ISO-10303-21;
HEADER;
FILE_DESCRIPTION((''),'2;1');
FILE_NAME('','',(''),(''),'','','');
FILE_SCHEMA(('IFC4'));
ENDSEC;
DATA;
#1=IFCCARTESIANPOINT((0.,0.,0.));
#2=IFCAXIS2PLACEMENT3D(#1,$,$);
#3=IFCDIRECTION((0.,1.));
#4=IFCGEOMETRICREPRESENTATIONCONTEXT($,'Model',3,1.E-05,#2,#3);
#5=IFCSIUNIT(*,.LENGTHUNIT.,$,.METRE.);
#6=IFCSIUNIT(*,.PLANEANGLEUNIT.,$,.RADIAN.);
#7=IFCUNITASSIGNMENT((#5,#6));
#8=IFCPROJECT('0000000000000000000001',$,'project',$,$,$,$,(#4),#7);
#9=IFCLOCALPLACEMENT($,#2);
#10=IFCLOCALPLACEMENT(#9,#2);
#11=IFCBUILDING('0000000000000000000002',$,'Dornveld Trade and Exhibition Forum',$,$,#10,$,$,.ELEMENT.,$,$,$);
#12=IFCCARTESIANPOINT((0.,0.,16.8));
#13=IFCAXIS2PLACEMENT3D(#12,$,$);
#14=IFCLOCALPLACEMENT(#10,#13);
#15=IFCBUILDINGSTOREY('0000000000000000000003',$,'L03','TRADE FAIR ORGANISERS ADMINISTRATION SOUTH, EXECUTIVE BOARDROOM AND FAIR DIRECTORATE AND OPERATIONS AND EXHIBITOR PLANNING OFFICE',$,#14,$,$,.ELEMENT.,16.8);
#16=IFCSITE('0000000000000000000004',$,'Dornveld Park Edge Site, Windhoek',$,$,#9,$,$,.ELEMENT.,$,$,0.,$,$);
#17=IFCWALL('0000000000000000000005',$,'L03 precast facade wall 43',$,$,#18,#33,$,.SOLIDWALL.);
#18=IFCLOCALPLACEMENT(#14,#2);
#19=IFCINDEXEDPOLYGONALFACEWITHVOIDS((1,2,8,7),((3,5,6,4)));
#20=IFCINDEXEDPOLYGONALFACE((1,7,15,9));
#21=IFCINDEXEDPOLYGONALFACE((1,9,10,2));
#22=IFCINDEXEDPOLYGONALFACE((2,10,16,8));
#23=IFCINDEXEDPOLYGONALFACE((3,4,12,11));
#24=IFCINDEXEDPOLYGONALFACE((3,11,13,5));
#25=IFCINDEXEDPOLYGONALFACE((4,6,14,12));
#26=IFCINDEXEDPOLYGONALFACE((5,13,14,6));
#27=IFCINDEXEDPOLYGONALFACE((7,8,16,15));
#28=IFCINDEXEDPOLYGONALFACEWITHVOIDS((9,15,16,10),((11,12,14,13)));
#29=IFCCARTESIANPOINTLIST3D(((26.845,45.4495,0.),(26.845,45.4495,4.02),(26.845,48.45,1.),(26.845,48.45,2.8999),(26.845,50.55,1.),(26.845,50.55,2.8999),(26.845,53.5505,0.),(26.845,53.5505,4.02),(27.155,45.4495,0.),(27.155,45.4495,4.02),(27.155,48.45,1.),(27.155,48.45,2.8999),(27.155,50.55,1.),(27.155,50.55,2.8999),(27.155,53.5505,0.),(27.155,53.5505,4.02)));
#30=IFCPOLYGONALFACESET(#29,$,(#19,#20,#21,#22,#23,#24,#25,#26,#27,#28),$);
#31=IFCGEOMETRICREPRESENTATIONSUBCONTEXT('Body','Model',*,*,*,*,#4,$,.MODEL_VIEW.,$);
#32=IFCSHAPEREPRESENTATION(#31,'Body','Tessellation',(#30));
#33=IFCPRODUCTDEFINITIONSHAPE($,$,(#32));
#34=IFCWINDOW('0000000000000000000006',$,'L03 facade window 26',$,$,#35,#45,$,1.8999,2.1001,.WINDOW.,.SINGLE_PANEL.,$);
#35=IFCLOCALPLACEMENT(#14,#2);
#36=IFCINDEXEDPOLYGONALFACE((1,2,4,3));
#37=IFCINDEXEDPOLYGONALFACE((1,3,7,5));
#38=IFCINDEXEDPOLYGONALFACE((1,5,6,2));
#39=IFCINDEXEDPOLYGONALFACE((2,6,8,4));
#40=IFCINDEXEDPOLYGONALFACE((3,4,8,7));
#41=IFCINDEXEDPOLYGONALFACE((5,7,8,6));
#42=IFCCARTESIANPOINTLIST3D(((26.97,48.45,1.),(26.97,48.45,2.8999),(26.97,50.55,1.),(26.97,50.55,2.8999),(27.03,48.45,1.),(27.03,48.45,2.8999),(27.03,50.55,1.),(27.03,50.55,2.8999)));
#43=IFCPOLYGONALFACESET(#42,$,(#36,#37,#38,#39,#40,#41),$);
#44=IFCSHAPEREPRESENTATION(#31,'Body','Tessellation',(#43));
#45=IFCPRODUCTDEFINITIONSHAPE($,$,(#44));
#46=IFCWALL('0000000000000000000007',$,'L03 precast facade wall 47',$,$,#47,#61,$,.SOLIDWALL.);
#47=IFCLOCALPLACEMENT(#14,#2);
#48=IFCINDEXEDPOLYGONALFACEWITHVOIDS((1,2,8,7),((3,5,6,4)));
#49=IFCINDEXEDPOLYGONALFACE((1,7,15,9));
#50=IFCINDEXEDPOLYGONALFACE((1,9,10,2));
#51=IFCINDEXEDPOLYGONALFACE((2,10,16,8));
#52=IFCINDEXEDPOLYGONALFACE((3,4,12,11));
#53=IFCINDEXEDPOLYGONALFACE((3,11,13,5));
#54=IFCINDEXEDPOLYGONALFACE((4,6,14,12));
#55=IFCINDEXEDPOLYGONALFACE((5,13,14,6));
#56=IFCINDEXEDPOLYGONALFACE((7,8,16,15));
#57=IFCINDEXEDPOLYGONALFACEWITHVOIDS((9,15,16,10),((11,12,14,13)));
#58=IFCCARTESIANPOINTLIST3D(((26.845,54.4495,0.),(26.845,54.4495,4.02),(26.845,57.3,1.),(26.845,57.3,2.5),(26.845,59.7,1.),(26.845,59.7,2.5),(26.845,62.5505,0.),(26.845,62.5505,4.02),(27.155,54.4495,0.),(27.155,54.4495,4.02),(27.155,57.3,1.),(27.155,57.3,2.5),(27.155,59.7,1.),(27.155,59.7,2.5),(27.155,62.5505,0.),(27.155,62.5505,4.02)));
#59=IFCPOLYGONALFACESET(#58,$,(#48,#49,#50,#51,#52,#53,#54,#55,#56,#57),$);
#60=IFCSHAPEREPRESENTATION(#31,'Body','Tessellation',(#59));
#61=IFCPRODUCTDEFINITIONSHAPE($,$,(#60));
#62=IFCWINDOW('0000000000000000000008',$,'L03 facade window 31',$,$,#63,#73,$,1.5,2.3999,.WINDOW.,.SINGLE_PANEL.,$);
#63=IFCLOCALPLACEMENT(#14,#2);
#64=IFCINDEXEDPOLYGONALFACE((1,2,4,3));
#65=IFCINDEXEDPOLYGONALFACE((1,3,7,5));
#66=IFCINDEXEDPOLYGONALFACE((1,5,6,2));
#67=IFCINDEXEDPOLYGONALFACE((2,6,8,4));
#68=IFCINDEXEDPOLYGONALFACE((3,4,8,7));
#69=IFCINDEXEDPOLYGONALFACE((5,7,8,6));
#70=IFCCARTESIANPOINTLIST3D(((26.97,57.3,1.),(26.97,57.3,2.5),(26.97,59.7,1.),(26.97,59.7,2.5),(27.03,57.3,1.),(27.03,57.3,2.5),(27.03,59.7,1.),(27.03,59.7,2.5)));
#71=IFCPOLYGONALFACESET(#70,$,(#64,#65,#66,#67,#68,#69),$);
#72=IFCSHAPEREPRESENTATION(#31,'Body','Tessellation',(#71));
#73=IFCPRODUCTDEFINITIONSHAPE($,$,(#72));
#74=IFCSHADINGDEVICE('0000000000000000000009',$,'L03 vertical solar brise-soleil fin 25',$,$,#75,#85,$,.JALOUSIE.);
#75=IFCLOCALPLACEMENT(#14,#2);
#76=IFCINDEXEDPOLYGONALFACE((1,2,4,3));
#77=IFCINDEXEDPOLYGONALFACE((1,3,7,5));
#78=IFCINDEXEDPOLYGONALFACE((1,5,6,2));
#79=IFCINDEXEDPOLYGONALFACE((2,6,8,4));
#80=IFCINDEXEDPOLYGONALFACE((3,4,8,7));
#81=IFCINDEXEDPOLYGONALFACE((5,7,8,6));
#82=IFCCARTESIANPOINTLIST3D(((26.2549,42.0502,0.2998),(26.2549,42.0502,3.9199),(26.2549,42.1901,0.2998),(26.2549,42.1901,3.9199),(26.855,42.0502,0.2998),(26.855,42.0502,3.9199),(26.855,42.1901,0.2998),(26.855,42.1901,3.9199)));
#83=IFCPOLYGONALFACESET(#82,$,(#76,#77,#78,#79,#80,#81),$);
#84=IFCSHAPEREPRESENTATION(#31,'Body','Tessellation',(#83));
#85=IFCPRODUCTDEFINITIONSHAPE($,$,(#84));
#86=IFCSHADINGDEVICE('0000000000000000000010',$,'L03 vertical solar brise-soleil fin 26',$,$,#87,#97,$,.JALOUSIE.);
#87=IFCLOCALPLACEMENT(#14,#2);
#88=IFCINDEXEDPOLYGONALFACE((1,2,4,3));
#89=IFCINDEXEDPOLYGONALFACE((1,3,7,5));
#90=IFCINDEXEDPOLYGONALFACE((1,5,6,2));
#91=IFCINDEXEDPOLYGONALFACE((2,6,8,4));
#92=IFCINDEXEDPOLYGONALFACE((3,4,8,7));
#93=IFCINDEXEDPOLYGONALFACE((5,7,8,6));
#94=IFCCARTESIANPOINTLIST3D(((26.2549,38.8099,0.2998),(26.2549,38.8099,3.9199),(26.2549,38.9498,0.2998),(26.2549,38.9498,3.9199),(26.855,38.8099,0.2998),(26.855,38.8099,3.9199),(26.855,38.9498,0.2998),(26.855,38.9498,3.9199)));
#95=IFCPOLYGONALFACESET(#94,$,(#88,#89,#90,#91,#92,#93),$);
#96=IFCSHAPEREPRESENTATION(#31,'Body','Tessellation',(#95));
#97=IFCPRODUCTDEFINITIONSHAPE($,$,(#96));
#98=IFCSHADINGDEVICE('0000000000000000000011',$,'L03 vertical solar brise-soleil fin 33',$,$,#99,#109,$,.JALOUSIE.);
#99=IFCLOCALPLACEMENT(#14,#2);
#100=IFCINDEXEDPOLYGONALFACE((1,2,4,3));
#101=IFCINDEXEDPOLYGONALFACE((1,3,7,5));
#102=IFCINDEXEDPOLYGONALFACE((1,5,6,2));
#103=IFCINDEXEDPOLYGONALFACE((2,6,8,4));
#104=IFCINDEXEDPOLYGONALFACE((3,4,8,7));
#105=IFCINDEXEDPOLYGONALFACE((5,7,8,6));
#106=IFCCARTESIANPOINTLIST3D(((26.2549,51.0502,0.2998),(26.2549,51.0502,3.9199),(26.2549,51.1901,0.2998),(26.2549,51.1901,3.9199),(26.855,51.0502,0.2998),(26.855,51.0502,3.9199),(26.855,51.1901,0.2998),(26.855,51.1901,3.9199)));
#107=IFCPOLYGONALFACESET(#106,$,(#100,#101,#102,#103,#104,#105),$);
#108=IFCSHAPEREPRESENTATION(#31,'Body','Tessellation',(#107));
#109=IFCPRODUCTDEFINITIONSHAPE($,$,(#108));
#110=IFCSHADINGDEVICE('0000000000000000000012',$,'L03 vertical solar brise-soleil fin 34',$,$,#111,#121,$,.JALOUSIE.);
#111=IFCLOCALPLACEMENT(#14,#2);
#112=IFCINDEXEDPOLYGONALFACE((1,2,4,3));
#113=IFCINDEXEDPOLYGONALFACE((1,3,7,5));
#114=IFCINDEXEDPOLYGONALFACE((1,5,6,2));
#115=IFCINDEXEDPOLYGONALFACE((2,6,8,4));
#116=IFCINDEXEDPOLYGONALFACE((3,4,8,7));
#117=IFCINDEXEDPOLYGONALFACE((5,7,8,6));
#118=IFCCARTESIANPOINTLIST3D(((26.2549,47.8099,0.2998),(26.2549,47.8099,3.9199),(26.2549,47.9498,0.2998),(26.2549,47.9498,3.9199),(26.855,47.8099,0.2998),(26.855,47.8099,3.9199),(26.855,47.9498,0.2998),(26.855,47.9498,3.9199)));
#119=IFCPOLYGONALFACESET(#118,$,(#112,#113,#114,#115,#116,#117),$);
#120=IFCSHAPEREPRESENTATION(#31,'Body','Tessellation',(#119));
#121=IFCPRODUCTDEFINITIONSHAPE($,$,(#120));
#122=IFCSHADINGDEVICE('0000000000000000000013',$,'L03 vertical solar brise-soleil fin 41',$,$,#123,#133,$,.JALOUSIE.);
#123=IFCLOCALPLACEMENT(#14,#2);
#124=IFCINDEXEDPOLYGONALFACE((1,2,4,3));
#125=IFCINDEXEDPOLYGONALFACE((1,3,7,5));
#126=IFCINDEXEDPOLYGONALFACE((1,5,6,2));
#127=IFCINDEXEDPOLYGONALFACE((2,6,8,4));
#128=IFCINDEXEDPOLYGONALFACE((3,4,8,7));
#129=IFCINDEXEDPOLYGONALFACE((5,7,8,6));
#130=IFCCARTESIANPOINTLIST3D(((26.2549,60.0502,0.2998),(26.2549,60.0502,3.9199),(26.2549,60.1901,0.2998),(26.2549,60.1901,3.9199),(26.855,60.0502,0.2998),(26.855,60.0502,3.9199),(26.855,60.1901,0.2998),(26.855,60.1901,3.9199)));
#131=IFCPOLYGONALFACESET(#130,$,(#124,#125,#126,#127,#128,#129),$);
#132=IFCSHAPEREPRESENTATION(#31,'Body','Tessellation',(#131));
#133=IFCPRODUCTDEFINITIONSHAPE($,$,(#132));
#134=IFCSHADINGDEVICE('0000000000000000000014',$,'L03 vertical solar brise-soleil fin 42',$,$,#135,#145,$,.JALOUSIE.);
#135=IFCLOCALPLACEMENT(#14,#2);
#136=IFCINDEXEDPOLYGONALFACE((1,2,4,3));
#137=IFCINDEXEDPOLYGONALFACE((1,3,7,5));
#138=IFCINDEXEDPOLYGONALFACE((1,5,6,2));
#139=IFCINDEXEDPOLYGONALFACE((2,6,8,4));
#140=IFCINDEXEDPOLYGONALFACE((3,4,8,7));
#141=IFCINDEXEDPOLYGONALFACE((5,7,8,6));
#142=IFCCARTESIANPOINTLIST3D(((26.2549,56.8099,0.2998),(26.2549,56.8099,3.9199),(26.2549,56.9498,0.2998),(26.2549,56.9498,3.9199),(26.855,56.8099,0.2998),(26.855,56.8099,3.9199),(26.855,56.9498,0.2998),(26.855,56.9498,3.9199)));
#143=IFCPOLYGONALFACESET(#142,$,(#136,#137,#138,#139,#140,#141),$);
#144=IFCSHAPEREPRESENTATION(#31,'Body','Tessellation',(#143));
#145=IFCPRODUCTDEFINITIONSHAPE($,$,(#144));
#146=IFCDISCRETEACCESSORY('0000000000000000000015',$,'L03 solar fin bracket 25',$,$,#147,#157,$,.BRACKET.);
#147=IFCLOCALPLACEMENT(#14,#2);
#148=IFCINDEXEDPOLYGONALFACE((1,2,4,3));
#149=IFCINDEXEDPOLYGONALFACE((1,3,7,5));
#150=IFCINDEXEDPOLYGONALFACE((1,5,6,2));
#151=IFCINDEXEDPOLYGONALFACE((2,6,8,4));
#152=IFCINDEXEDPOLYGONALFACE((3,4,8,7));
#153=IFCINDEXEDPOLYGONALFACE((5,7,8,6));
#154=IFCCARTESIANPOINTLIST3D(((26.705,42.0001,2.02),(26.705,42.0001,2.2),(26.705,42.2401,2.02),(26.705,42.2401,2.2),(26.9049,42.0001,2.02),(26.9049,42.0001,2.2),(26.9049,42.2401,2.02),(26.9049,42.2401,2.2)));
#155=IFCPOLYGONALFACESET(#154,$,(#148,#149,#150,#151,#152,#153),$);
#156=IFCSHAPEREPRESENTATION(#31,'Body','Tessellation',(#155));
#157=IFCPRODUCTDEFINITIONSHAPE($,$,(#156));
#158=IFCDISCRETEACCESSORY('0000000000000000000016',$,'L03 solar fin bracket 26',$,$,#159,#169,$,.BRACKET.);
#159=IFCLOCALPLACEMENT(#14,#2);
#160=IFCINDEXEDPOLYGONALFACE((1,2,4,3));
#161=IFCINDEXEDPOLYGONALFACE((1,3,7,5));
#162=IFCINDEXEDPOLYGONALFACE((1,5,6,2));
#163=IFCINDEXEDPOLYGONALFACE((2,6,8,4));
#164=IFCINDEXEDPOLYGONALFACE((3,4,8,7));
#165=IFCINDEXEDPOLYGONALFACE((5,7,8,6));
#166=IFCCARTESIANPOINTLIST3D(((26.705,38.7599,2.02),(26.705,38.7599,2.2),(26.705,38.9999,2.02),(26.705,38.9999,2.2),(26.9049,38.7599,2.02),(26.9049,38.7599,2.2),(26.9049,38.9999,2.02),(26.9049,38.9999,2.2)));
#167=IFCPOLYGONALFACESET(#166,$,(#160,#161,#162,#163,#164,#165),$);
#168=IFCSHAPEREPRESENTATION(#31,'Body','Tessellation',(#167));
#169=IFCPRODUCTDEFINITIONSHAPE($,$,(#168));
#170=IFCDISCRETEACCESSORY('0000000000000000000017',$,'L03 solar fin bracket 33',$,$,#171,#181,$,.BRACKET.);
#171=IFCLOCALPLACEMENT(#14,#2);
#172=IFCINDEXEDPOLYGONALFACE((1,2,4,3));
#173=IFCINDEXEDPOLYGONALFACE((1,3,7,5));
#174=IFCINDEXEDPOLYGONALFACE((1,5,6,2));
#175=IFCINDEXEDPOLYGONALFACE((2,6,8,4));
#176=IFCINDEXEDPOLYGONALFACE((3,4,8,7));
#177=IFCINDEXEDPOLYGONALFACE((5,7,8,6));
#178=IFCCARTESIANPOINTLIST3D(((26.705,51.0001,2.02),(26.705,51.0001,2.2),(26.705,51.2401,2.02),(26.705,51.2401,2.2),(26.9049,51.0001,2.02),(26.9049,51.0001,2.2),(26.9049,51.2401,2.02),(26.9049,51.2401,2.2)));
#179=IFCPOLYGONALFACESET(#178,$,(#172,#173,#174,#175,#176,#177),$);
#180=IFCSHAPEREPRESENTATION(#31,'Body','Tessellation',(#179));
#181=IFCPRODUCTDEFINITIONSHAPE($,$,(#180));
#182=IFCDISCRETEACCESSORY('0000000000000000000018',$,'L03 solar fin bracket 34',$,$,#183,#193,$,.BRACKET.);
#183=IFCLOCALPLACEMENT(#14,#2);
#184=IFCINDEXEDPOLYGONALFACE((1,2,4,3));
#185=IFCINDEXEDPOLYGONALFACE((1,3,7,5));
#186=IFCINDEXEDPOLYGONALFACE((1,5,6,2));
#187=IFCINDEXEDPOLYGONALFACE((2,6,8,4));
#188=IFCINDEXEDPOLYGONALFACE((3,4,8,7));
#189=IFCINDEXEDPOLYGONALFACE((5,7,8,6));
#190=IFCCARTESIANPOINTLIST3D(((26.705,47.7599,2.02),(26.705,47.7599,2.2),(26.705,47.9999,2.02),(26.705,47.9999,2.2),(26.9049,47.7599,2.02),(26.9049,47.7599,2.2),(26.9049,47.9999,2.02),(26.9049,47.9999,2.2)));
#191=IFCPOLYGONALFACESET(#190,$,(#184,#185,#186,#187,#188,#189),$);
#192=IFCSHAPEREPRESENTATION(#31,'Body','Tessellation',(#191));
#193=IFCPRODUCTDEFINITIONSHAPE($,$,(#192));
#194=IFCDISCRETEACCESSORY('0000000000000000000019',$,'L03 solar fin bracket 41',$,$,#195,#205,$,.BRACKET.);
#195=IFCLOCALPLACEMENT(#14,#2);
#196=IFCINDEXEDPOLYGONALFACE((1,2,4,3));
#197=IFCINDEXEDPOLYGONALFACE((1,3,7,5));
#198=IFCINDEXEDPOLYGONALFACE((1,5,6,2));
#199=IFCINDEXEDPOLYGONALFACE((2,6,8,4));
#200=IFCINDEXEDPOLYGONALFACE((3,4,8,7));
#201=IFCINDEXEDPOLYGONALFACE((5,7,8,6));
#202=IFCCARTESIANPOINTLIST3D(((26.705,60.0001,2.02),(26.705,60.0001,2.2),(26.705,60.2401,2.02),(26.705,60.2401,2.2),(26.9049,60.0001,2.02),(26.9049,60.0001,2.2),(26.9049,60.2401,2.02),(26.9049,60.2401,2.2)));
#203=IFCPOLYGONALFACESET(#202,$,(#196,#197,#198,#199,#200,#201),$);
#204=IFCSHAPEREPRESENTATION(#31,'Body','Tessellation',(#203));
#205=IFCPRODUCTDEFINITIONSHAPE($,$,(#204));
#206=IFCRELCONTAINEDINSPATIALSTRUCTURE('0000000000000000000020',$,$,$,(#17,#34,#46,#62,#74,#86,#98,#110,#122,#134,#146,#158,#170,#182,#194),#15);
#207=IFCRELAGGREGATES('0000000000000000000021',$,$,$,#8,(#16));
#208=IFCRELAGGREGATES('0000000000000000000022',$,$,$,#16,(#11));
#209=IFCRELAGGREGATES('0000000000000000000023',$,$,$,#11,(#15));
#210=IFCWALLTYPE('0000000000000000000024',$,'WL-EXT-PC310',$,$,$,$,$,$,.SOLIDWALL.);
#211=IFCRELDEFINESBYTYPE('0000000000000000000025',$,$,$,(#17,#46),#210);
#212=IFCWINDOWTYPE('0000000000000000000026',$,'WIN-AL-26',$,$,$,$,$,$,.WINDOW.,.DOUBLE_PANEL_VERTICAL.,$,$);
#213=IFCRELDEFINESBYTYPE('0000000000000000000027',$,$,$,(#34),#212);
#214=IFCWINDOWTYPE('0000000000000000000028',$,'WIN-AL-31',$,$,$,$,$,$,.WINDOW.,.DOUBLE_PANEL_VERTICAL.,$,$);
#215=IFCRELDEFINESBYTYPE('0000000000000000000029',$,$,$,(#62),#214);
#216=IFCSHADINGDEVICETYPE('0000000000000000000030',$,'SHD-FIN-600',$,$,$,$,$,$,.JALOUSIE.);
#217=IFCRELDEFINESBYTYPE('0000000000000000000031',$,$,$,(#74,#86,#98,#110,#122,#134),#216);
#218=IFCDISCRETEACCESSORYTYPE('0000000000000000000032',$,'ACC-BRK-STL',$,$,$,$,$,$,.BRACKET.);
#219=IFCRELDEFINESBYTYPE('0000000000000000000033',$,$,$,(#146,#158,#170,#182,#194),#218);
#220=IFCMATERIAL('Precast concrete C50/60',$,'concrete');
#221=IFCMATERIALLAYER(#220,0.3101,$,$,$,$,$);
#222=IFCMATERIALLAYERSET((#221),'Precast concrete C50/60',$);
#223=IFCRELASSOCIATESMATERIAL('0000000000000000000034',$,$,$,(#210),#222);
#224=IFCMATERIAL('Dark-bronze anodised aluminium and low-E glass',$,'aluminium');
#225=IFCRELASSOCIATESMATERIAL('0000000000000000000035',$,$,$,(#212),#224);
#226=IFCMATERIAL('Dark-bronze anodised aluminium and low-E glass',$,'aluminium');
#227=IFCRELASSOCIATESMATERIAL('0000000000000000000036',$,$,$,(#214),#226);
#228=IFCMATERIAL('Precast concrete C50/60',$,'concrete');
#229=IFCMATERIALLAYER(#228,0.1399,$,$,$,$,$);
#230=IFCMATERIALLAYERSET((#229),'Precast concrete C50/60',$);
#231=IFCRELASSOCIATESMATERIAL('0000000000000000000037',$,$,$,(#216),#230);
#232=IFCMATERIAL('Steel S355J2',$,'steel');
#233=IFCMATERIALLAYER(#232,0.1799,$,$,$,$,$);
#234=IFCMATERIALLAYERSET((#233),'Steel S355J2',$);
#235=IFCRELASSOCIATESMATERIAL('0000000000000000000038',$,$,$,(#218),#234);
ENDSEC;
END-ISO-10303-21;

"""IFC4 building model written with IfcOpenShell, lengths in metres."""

from ifc_helpers import new_model, si_unit, direction, frame, frame_2d, origin, origin_2d, place, context, subcontext, project, spatial, rectangle, extrude, material, layer, layer_set, type_object, element, fill, save


model = new_model("IFC4")

# Units and contexts
model_context = context("Model", 3, precision=1e-05, world=origin(), true_north=direction((0.0, 1.0)))
body_context = subcontext(model_context, "Body", "Model", "MODEL_VIEW")
ifc_project = project(units=[si_unit("LENGTHUNIT", "METRE"), si_unit("PLANEANGLEUNIT", "RADIAN")], contexts=[model_context])

# Site, building, storey
site_placement = place(None, origin())
site = spatial("IfcSite", under=ifc_project, at=site_placement, Name="Dornveld Park Edge Site, Windhoek", CompositionType="ELEMENT", RefElevation=0.0)
building_placement = place(site_placement, origin())
building = spatial("IfcBuilding", under=site, at=building_placement, Name="Dornveld Trade and Exhibition Forum", CompositionType="ELEMENT")
storey_placement = place(building_placement, frame((0.0, 0.0, 16.8)))
storey = spatial("IfcBuildingStorey", under=building, at=storey_placement, Name="L03", Description="TRADE FAIR ORGANISERS ADMINISTRATION SOUTH, EXECUTIVE BOARDROOM AND FAIR DIRECTORATE AND OPERATIONS AND EXHIBITOR PLANNING OFFICE", CompositionType="ELEMENT", Elevation=16.8)

# Walls, openings, windows
ifc_material_1 = material(Name="Precast concrete C50/60", Category="concrete")
ifc_layer_1 = layer(ifc_material_1, 0.3101)
ifc_layer_set_1 = layer_set([ifc_layer_1], Name="Precast concrete C50/60")
wall_type = type_object("IfcWallType", Name="WL-EXT-PC310", PredefinedType="SOLIDWALL", material=ifc_layer_set_1)
wall_1_placement = place(storey_placement, frame((27.0, 53.5505, 0.0), z_axis=(0.0, 0.0, 1.0), x_axis=(0.0, -1.0, 0.0)))
wall_1 = element("IfcWall", 1, at=wall_1_placement, inside=storey, type_object=wall_type, Name="L03 precast facade wall 43", PredefinedType="SOLIDWALL", context=body_context, shape_type="SweptSolid", body=[
    extrude(rectangle(XDim=8.1011, YDim=0.3101, at=frame_2d((4.0505, 0.0))), origin(), (0.0, 0.0, 1.0), 4.02),
])
opening_1_placement = place(wall_1_placement, frame((3.0005, 0.0, 1.0)))
opening_1 = element("IfcOpeningElement", 2, at=opening_1_placement, cuts=wall_1, PredefinedType="OPENING", context=body_context, shape_type="SweptSolid", body=[
    extrude(rectangle(XDim=2.1001, YDim=1.8999, at=frame_2d((1.05, 0.95))), frame((0.0, 0.165, 0.0), z_axis=(0.0, -1.0, 0.0), x_axis=(1.0, 0.0, 0.0)), (0.0, 0.0, 1.0), 0.3301),
])
ifc_material_2 = material(Name="Dark-bronze anodised aluminium and low-E glass", Category="aluminium")
window_type_1 = type_object("IfcWindowType", Name="WIN-AL-26", PartitioningType="DOUBLE_PANEL_VERTICAL", PredefinedType="WINDOW", material=ifc_material_2)
window_1_placement = place(opening_1_placement, origin())
window_1 = element("IfcWindow", 3, at=window_1_placement, inside=storey, type_object=window_type_1, Name="L03 facade window 26", OverallHeight=1.8999, OverallWidth=2.1001, PartitioningType="SINGLE_PANEL", PredefinedType="WINDOW", context=body_context, shape_type="SweptSolid", body=[
    extrude(rectangle(XDim=2.1001, YDim=1.8999, at=frame_2d((1.05, 0.95))), frame((0.0, 0.03, 0.0), z_axis=(0.0, -1.0, 0.0), x_axis=(1.0, 0.0, 0.0)), (0.0, 0.0, 1.0), 0.0601),
])
fill(opening_1, window_1)
wall_2_placement = place(storey_placement, frame((27.0, 62.5505, 0.0), z_axis=(0.0, 0.0, 1.0), x_axis=(0.0, -1.0, 0.0)))
wall_2 = element("IfcWall", 4, at=wall_2_placement, inside=storey, type_object=wall_type, Name="L03 precast facade wall 47", PredefinedType="SOLIDWALL", context=body_context, shape_type="SweptSolid", body=[
    extrude(rectangle(XDim=8.1011, YDim=0.3101, at=frame_2d((4.0505, 0.0))), origin(), (0.0, 0.0, 1.0), 4.02),
])
opening_2_placement = place(wall_2_placement, frame((2.8506, 0.0, 1.0)))
opening_2 = element("IfcOpeningElement", 5, at=opening_2_placement, cuts=wall_2, PredefinedType="OPENING", context=body_context, shape_type="SweptSolid", body=[
    extrude(rectangle(XDim=2.3999, YDim=1.5, at=frame_2d((1.2, 0.75))), frame((0.0, 0.165, 0.0), z_axis=(0.0, -1.0, 0.0), x_axis=(1.0, 0.0, 0.0)), (0.0, 0.0, 1.0), 0.3301),
])
ifc_material_3 = material(Name="Dark-bronze anodised aluminium and low-E glass", Category="aluminium")
window_type_2 = type_object("IfcWindowType", Name="WIN-AL-31", PartitioningType="DOUBLE_PANEL_VERTICAL", PredefinedType="WINDOW", material=ifc_material_3)
window_2_placement = place(opening_2_placement, origin())
window_2 = element("IfcWindow", 6, at=window_2_placement, inside=storey, type_object=window_type_2, Name="L03 facade window 31", OverallHeight=1.5, OverallWidth=2.3999, PartitioningType="SINGLE_PANEL", PredefinedType="WINDOW", context=body_context, shape_type="SweptSolid", body=[
    extrude(rectangle(XDim=2.3999, YDim=1.5, at=frame_2d((1.2, 0.75))), frame((0.0, 0.03, 0.0), z_axis=(0.0, -1.0, 0.0), x_axis=(1.0, 0.0, 0.0)), (0.0, 0.0, 1.0), 0.0601),
])
fill(opening_2, window_2)

# Shading devices
ifc_material_4 = material(Name="Precast concrete C50/60", Category="concrete")
ifc_layer_2 = layer(ifc_material_4, 0.1399)
ifc_layer_set_2 = layer_set([ifc_layer_2], Name="Precast concrete C50/60")
shading_device_type = type_object("IfcShadingDeviceType", Name="SHD-FIN-600", PredefinedType="JALOUSIE", material=ifc_layer_set_2)
for number, where, z_axis, x_axis, name in (
    (7, (26.5549, 42.1201, 0.2998), (0.0, 0.0, 1.0), (0.0, -1.0, 0.0), "L03 vertical solar brise-soleil fin 25"),
    (8, (26.5549, 38.8799, 0.2998), (0.0, 0.0, 1.0), (0.0, -1.0, 0.0), "L03 vertical solar brise-soleil fin 26"),
    (9, (26.5549, 51.1201, 0.2998), (0.0, 0.0, 1.0), (0.0, -1.0, 0.0), "L03 vertical solar brise-soleil fin 33"),
    (10, (26.5549, 47.8799, 0.2998), (0.0, 0.0, 1.0), (0.0, -1.0, 0.0), "L03 vertical solar brise-soleil fin 34"),
    (11, (26.5549, 60.1201, 0.2998), (0.0, 0.0, 1.0), (0.0, -1.0, 0.0), "L03 vertical solar brise-soleil fin 41"),
    (12, (26.5549, 56.8799, 0.2998), (0.0, 0.0, 1.0), (0.0, -1.0, 0.0), "L03 vertical solar brise-soleil fin 42"),
):
    element("IfcShadingDevice", number, at=place(storey_placement, frame(where, z_axis=z_axis, x_axis=x_axis)), inside=storey, type_object=shading_device_type, Name=name, PredefinedType="JALOUSIE", context=body_context, shape_type="SweptSolid", body=[
        extrude(rectangle(XDim=0.1399, YDim=0.6001, at=origin_2d()), origin(), (0.0, 0.0, 1.0), 3.6201),
    ])

# Discrete accessories
ifc_material_5 = material(Name="Steel S355J2", Category="steel")
ifc_layer_3 = layer(ifc_material_5, 0.1799)
ifc_layer_set_3 = layer_set([ifc_layer_3], Name="Steel S355J2")
discrete_accessory_type = type_object("IfcDiscreteAccessoryType", Name="ACC-BRK-STL", PredefinedType="BRACKET", material=ifc_layer_set_3)
for number, where, z_axis, x_axis, name in (
    (13, (26.8049, 42.1201, 2.02), (0.0, 0.0, 1.0), (0.0, -1.0, 0.0), "L03 solar fin bracket 25"),
    (14, (26.8049, 38.8799, 2.02), (0.0, 0.0, 1.0), (0.0, -1.0, 0.0), "L03 solar fin bracket 26"),
    (15, (26.8049, 51.1201, 2.02), (0.0, 0.0, 1.0), (0.0, -1.0, 0.0), "L03 solar fin bracket 33"),
    (16, (26.8049, 47.8799, 2.02), (0.0, 0.0, 1.0), (0.0, -1.0, 0.0), "L03 solar fin bracket 34"),
    (17, (26.8049, 60.1201, 2.02), (0.0, 0.0, 1.0), (0.0, -1.0, 0.0), "L03 solar fin bracket 41"),
):
    element("IfcDiscreteAccessory", number, at=place(storey_placement, frame(where, z_axis=z_axis, x_axis=x_axis)), inside=storey, type_object=discrete_accessory_type, Name=name, PredefinedType="BRACKET", context=body_context, shape_type="SweptSolid", body=[
        extrude(rectangle(XDim=0.24, YDim=0.2, at=origin_2d()), origin(), (0.0, 0.0, 1.0), 0.1799),
    ])

save(model, "model.ifc")
